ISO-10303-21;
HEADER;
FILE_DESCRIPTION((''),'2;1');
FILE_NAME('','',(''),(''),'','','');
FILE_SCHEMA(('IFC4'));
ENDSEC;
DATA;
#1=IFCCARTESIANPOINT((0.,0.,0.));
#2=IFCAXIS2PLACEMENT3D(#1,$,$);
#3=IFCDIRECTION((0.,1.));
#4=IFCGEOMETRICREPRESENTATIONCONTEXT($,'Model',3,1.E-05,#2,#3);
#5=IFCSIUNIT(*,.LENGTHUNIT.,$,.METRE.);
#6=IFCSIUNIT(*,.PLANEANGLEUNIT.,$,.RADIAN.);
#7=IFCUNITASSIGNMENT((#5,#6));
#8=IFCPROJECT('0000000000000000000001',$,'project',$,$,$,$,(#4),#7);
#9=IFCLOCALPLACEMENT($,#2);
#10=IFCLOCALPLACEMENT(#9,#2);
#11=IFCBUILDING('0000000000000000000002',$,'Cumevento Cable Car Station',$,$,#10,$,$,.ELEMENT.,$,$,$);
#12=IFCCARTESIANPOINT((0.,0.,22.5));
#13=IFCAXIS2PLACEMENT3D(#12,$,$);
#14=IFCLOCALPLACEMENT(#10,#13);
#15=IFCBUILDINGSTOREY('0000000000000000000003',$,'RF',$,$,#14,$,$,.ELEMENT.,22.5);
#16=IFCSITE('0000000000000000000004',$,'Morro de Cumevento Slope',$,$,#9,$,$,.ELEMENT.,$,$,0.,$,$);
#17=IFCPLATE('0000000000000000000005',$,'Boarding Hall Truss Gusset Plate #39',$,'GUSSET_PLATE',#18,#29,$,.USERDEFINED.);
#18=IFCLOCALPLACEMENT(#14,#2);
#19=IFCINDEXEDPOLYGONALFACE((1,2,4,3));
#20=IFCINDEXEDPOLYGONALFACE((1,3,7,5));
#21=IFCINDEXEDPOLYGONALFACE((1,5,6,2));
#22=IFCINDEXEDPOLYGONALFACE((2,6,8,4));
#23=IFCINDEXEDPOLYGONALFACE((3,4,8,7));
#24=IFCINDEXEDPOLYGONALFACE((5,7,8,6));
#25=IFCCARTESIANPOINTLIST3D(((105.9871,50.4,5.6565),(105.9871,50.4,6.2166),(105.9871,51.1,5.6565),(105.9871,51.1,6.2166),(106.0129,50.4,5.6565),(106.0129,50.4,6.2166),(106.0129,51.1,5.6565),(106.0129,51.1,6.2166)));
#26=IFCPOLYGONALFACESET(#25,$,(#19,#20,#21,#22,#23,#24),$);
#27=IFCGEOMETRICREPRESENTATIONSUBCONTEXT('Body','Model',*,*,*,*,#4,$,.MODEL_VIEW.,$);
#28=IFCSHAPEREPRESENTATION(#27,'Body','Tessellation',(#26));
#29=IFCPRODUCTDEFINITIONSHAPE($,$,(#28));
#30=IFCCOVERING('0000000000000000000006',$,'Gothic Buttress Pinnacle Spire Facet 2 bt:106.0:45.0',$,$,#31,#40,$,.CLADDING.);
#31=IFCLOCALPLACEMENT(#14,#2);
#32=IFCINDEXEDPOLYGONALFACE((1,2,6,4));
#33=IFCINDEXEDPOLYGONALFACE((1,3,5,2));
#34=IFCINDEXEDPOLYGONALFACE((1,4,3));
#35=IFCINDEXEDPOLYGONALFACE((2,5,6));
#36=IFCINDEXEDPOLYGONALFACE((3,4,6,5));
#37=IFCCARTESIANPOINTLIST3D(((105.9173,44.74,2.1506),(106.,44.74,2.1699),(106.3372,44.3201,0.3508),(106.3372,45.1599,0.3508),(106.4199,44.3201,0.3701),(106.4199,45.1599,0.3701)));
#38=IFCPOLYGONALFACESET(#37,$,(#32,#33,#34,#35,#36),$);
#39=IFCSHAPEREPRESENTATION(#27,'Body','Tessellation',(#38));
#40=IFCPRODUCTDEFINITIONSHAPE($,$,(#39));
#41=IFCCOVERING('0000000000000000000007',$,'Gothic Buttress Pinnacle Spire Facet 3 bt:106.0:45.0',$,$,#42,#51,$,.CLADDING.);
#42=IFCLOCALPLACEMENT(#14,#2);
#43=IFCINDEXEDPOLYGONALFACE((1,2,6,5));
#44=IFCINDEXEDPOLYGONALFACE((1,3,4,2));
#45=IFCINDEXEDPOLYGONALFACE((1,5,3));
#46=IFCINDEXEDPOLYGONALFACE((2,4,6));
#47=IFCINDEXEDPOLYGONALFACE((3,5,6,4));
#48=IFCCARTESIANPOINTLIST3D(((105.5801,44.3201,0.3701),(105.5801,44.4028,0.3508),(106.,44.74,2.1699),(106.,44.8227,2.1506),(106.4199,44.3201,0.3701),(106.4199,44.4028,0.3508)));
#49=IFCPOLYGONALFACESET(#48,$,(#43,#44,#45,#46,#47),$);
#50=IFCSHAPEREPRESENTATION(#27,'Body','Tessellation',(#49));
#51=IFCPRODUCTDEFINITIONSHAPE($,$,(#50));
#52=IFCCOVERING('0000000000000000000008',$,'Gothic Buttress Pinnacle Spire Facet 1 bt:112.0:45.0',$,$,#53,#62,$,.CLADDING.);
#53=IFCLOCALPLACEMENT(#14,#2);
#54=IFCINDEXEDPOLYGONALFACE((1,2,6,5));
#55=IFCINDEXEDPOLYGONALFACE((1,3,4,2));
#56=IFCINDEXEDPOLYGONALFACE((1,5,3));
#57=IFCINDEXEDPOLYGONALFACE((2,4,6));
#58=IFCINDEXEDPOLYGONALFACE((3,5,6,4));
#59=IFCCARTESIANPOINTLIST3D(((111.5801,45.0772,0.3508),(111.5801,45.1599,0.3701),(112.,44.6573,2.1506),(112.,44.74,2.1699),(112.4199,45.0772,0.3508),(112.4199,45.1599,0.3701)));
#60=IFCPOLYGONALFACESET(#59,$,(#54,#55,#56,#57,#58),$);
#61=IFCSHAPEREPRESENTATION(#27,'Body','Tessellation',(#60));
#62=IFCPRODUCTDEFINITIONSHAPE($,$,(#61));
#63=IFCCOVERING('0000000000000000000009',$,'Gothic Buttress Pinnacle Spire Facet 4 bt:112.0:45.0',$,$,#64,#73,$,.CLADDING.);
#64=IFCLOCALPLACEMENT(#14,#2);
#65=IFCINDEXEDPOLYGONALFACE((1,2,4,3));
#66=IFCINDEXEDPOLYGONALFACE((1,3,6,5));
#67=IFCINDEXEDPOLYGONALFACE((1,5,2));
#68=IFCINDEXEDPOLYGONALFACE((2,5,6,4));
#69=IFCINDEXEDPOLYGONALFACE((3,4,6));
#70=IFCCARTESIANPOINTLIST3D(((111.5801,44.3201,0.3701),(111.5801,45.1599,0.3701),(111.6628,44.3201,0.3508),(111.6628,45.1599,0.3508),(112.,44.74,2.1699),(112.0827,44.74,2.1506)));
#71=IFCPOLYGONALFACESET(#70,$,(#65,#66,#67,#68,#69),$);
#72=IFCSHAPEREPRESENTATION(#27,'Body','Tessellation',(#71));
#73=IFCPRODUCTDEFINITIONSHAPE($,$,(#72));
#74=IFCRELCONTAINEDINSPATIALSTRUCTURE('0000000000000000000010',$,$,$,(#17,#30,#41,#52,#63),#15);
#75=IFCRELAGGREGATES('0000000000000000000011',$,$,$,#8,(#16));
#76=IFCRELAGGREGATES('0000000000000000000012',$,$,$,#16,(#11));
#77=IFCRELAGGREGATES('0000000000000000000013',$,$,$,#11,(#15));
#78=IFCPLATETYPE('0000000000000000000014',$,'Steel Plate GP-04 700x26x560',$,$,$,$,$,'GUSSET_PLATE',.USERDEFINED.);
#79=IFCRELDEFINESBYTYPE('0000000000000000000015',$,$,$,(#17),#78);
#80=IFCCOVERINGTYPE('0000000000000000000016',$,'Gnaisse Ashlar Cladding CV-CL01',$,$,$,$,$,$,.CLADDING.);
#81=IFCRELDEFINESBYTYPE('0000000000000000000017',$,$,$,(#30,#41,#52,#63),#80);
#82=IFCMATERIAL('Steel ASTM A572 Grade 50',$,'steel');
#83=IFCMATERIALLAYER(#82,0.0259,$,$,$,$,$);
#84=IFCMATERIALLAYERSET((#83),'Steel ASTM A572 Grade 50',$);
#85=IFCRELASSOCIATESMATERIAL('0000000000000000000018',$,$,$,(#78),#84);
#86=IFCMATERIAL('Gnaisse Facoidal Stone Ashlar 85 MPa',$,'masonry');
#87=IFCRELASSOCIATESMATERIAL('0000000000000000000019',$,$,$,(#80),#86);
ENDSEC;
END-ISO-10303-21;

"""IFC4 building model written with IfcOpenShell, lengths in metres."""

from ifc_helpers import new_model, si_unit, direction, frame, origin, origin_2d, place, context, subcontext, project, spatial, polyline, rectangle, outline, extrude, material, layer, layer_set, type_object, element, save


model = new_model("IFC4")

# Units and contexts
model_context = context("Model", 3, precision=1e-05, world=origin(), true_north=direction((0.0, 1.0)))
body_context = subcontext(model_context, "Body", "Model", "MODEL_VIEW")
ifc_project = project(units=[si_unit("LENGTHUNIT", "METRE"), si_unit("PLANEANGLEUNIT", "RADIAN")], contexts=[model_context])

# Site, building, storey
site_placement = place(None, origin())
site = spatial("IfcSite", under=ifc_project, at=site_placement, Name="Morro de Cumevento Slope", CompositionType="ELEMENT", RefElevation=0.0)
building_placement = place(site_placement, origin())
building = spatial("IfcBuilding", under=site, at=building_placement, Name="Cumevento Cable Car Station", CompositionType="ELEMENT")
storey_placement = place(building_placement, frame((0.0, 0.0, 22.5)))
storey = spatial("IfcBuildingStorey", under=building, at=storey_placement, Name="RF", CompositionType="ELEMENT", Elevation=22.5)

# Plate
ifc_material_1 = material(Name="Steel ASTM A572 Grade 50", Category="steel")
ifc_layer_1 = layer(ifc_material_1, 0.0259)
ifc_layer_set_1 = layer_set([ifc_layer_1], Name="Steel ASTM A572 Grade 50")
plate_type_1 = type_object("IfcPlateType", Name="Steel Plate GP-04 700x26x560", ElementType="GUSSET_PLATE", PredefinedType="USERDEFINED", material=ifc_layer_set_1)
plate_1_placement = place(storey_placement, frame((106.0, 50.75, 5.6565), z_axis=(0.0, 0.0, 1.0), x_axis=(0.0, 1.0, 0.0)))
element("IfcPlate", 1, at=plate_1_placement, inside=storey, type_object=plate_type_1, Name="Boarding Hall Truss Gusset Plate #39", ObjectType="GUSSET_PLATE", PredefinedType="USERDEFINED", context=body_context, shape_type="SweptSolid", body=[
    extrude(rectangle(XDim=0.7, YDim=0.0259, at=origin_2d()), origin(), (0.0, 0.0, 1.0), 0.5601),
])

# Coverings
ifc_material_2 = material(Name="Gnaisse Facoidal Stone Ashlar 85 MPa", Category="masonry")
covering_type = type_object("IfcCoveringType", Name="Gnaisse Ashlar Cladding CV-CL01", PredefinedType="CLADDING", material=ifc_material_2)
for number, where, z_axis, x_axis, name in (
    (2, (106.4199, 45.1599, 0.3701), (0.973845, 0.0, 0.227213), (0.0, -1.0, 0.0), "Gothic Buttress Pinnacle Spire Facet 2 bt:106.0:45.0"),
    (3, (106.4199, 44.3201, 0.3701), (0.0, -0.973845, 0.227213), (-1.0, 0.0, 0.0), "Gothic Buttress Pinnacle Spire Facet 3 bt:106.0:45.0"),
    (4, (111.5801, 45.1599, 0.3701), (0.0, 0.973845, 0.227213), (1.0, 0.0, 0.0), "Gothic Buttress Pinnacle Spire Facet 1 bt:112.0:45.0"),
    (5, (111.5801, 44.3201, 0.3701), (-0.973845, 0.0, 0.227213), (0.0, 1.0, 0.0), "Gothic Buttress Pinnacle Spire Facet 4 bt:112.0:45.0"),
):
    element("IfcCovering", number, at=place(storey_placement, frame(where, z_axis=z_axis, x_axis=x_axis)), inside=storey, type_object=covering_type, Name=name, PredefinedType="CLADDING", context=body_context, shape_type="SweptSolid", body=[
        extrude(outline(polyline([(0.0, 0.0), (0.8398, 0.0), (0.4199, -1.8481), (0.0, 0.0)])), origin(), (0.0, 0.0, -1.0), 0.085),
    ])

save(model, "model.ifc")
